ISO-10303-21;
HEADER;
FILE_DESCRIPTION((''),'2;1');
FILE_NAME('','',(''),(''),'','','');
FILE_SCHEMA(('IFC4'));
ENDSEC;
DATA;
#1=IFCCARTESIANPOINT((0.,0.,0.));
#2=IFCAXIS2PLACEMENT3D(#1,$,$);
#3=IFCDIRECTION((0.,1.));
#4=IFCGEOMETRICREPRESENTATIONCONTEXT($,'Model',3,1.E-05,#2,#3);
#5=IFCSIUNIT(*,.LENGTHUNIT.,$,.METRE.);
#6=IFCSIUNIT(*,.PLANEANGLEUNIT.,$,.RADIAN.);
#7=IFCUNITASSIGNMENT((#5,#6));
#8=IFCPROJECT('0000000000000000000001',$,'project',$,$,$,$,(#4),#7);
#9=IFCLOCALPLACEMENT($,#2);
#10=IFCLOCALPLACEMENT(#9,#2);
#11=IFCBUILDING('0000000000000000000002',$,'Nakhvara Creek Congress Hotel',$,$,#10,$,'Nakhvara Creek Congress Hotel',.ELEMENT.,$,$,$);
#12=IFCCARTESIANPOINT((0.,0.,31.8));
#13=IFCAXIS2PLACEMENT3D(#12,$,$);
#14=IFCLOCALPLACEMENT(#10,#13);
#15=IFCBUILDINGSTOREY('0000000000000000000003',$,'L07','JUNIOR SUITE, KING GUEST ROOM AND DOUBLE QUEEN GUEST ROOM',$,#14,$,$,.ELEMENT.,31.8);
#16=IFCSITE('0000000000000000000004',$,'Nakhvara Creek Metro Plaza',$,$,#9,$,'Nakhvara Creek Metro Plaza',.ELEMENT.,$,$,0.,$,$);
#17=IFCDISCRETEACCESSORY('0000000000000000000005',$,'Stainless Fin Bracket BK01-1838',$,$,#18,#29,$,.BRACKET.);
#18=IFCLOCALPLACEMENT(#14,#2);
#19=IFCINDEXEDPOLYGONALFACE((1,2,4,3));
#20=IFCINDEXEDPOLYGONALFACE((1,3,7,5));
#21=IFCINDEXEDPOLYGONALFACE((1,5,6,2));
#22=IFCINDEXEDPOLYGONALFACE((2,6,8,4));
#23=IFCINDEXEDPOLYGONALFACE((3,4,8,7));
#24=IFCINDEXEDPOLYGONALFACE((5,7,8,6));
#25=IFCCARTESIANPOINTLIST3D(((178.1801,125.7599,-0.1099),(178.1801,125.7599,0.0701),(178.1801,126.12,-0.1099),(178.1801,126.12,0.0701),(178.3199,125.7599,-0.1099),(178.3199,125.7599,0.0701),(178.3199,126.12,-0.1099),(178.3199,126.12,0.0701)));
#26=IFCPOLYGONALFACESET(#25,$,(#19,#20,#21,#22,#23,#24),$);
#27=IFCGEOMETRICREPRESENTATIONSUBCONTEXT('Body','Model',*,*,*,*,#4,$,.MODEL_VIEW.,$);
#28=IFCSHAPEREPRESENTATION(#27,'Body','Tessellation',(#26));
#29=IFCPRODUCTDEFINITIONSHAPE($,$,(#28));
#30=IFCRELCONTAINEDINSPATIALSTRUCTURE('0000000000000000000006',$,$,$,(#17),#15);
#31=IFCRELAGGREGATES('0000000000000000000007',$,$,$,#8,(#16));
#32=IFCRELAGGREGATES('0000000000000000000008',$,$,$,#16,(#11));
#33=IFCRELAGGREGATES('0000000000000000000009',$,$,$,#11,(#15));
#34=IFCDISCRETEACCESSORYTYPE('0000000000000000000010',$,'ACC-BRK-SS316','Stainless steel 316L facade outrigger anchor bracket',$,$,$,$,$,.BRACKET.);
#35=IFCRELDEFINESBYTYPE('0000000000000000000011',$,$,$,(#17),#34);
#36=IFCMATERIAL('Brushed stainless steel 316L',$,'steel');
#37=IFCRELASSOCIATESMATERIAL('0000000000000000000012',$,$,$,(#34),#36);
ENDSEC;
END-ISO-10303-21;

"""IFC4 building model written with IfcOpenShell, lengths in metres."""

from ifc_helpers import new_model, si_unit, direction, frame, origin, origin_2d, place, context, subcontext, project, spatial, rectangle, extrude, material, type_object, element, save


model = new_model("IFC4")

# Units and contexts
model_context = context("Model", 3, precision=1e-05, world=origin(), true_north=direction((0.0, 1.0)))
body_context = subcontext(model_context, "Body", "Model", "MODEL_VIEW")
ifc_project = project(units=[si_unit("LENGTHUNIT", "METRE"), si_unit("PLANEANGLEUNIT", "RADIAN")], contexts=[model_context])

# Site, building, storey
site_placement = place(None, origin())
site = spatial("IfcSite", under=ifc_project, at=site_placement, Name="Nakhvara Creek Metro Plaza", LongName="Nakhvara Creek Metro Plaza", CompositionType="ELEMENT", RefElevation=0.0)
building_placement = place(site_placement, origin())
building = spatial("IfcBuilding", under=site, at=building_placement, Name="Nakhvara Creek Congress Hotel", LongName="Nakhvara Creek Congress Hotel", CompositionType="ELEMENT")
storey_placement = place(building_placement, frame((0.0, 0.0, 31.8)))
storey = spatial("IfcBuildingStorey", under=building, at=storey_placement, Name="L07", Description="JUNIOR SUITE, KING GUEST ROOM AND DOUBLE QUEEN GUEST ROOM", CompositionType="ELEMENT", Elevation=31.8)

# Discrete accessory
ifc_material_1 = material(Name="Brushed stainless steel 316L", Category="steel")
discrete_accessory_type = type_object("IfcDiscreteAccessoryType", Name="ACC-BRK-SS316", Description="Stainless steel 316L facade outrigger anchor bracket", PredefinedType="BRACKET", material=ifc_material_1)
for number, where, z_axis, x_axis, name in (
    (1, (178.25, 125.9399, -0.1099), (0.0, 0.0, 1.0), (1.0, 0.0, 0.0), "Stainless Fin Bracket BK01-1838"),
):
    element("IfcDiscreteAccessory", number, at=place(storey_placement, frame(where, z_axis=z_axis, x_axis=x_axis)), inside=storey, type_object=discrete_accessory_type, Name=name, PredefinedType="BRACKET", context=body_context, shape_type="SweptSolid", body=[
        extrude(rectangle(XDim=0.1399, YDim=0.3601, at=origin_2d()), origin(), (0.0, 0.0, 1.0), 0.1799),
    ])

save(model, "model.ifc")
